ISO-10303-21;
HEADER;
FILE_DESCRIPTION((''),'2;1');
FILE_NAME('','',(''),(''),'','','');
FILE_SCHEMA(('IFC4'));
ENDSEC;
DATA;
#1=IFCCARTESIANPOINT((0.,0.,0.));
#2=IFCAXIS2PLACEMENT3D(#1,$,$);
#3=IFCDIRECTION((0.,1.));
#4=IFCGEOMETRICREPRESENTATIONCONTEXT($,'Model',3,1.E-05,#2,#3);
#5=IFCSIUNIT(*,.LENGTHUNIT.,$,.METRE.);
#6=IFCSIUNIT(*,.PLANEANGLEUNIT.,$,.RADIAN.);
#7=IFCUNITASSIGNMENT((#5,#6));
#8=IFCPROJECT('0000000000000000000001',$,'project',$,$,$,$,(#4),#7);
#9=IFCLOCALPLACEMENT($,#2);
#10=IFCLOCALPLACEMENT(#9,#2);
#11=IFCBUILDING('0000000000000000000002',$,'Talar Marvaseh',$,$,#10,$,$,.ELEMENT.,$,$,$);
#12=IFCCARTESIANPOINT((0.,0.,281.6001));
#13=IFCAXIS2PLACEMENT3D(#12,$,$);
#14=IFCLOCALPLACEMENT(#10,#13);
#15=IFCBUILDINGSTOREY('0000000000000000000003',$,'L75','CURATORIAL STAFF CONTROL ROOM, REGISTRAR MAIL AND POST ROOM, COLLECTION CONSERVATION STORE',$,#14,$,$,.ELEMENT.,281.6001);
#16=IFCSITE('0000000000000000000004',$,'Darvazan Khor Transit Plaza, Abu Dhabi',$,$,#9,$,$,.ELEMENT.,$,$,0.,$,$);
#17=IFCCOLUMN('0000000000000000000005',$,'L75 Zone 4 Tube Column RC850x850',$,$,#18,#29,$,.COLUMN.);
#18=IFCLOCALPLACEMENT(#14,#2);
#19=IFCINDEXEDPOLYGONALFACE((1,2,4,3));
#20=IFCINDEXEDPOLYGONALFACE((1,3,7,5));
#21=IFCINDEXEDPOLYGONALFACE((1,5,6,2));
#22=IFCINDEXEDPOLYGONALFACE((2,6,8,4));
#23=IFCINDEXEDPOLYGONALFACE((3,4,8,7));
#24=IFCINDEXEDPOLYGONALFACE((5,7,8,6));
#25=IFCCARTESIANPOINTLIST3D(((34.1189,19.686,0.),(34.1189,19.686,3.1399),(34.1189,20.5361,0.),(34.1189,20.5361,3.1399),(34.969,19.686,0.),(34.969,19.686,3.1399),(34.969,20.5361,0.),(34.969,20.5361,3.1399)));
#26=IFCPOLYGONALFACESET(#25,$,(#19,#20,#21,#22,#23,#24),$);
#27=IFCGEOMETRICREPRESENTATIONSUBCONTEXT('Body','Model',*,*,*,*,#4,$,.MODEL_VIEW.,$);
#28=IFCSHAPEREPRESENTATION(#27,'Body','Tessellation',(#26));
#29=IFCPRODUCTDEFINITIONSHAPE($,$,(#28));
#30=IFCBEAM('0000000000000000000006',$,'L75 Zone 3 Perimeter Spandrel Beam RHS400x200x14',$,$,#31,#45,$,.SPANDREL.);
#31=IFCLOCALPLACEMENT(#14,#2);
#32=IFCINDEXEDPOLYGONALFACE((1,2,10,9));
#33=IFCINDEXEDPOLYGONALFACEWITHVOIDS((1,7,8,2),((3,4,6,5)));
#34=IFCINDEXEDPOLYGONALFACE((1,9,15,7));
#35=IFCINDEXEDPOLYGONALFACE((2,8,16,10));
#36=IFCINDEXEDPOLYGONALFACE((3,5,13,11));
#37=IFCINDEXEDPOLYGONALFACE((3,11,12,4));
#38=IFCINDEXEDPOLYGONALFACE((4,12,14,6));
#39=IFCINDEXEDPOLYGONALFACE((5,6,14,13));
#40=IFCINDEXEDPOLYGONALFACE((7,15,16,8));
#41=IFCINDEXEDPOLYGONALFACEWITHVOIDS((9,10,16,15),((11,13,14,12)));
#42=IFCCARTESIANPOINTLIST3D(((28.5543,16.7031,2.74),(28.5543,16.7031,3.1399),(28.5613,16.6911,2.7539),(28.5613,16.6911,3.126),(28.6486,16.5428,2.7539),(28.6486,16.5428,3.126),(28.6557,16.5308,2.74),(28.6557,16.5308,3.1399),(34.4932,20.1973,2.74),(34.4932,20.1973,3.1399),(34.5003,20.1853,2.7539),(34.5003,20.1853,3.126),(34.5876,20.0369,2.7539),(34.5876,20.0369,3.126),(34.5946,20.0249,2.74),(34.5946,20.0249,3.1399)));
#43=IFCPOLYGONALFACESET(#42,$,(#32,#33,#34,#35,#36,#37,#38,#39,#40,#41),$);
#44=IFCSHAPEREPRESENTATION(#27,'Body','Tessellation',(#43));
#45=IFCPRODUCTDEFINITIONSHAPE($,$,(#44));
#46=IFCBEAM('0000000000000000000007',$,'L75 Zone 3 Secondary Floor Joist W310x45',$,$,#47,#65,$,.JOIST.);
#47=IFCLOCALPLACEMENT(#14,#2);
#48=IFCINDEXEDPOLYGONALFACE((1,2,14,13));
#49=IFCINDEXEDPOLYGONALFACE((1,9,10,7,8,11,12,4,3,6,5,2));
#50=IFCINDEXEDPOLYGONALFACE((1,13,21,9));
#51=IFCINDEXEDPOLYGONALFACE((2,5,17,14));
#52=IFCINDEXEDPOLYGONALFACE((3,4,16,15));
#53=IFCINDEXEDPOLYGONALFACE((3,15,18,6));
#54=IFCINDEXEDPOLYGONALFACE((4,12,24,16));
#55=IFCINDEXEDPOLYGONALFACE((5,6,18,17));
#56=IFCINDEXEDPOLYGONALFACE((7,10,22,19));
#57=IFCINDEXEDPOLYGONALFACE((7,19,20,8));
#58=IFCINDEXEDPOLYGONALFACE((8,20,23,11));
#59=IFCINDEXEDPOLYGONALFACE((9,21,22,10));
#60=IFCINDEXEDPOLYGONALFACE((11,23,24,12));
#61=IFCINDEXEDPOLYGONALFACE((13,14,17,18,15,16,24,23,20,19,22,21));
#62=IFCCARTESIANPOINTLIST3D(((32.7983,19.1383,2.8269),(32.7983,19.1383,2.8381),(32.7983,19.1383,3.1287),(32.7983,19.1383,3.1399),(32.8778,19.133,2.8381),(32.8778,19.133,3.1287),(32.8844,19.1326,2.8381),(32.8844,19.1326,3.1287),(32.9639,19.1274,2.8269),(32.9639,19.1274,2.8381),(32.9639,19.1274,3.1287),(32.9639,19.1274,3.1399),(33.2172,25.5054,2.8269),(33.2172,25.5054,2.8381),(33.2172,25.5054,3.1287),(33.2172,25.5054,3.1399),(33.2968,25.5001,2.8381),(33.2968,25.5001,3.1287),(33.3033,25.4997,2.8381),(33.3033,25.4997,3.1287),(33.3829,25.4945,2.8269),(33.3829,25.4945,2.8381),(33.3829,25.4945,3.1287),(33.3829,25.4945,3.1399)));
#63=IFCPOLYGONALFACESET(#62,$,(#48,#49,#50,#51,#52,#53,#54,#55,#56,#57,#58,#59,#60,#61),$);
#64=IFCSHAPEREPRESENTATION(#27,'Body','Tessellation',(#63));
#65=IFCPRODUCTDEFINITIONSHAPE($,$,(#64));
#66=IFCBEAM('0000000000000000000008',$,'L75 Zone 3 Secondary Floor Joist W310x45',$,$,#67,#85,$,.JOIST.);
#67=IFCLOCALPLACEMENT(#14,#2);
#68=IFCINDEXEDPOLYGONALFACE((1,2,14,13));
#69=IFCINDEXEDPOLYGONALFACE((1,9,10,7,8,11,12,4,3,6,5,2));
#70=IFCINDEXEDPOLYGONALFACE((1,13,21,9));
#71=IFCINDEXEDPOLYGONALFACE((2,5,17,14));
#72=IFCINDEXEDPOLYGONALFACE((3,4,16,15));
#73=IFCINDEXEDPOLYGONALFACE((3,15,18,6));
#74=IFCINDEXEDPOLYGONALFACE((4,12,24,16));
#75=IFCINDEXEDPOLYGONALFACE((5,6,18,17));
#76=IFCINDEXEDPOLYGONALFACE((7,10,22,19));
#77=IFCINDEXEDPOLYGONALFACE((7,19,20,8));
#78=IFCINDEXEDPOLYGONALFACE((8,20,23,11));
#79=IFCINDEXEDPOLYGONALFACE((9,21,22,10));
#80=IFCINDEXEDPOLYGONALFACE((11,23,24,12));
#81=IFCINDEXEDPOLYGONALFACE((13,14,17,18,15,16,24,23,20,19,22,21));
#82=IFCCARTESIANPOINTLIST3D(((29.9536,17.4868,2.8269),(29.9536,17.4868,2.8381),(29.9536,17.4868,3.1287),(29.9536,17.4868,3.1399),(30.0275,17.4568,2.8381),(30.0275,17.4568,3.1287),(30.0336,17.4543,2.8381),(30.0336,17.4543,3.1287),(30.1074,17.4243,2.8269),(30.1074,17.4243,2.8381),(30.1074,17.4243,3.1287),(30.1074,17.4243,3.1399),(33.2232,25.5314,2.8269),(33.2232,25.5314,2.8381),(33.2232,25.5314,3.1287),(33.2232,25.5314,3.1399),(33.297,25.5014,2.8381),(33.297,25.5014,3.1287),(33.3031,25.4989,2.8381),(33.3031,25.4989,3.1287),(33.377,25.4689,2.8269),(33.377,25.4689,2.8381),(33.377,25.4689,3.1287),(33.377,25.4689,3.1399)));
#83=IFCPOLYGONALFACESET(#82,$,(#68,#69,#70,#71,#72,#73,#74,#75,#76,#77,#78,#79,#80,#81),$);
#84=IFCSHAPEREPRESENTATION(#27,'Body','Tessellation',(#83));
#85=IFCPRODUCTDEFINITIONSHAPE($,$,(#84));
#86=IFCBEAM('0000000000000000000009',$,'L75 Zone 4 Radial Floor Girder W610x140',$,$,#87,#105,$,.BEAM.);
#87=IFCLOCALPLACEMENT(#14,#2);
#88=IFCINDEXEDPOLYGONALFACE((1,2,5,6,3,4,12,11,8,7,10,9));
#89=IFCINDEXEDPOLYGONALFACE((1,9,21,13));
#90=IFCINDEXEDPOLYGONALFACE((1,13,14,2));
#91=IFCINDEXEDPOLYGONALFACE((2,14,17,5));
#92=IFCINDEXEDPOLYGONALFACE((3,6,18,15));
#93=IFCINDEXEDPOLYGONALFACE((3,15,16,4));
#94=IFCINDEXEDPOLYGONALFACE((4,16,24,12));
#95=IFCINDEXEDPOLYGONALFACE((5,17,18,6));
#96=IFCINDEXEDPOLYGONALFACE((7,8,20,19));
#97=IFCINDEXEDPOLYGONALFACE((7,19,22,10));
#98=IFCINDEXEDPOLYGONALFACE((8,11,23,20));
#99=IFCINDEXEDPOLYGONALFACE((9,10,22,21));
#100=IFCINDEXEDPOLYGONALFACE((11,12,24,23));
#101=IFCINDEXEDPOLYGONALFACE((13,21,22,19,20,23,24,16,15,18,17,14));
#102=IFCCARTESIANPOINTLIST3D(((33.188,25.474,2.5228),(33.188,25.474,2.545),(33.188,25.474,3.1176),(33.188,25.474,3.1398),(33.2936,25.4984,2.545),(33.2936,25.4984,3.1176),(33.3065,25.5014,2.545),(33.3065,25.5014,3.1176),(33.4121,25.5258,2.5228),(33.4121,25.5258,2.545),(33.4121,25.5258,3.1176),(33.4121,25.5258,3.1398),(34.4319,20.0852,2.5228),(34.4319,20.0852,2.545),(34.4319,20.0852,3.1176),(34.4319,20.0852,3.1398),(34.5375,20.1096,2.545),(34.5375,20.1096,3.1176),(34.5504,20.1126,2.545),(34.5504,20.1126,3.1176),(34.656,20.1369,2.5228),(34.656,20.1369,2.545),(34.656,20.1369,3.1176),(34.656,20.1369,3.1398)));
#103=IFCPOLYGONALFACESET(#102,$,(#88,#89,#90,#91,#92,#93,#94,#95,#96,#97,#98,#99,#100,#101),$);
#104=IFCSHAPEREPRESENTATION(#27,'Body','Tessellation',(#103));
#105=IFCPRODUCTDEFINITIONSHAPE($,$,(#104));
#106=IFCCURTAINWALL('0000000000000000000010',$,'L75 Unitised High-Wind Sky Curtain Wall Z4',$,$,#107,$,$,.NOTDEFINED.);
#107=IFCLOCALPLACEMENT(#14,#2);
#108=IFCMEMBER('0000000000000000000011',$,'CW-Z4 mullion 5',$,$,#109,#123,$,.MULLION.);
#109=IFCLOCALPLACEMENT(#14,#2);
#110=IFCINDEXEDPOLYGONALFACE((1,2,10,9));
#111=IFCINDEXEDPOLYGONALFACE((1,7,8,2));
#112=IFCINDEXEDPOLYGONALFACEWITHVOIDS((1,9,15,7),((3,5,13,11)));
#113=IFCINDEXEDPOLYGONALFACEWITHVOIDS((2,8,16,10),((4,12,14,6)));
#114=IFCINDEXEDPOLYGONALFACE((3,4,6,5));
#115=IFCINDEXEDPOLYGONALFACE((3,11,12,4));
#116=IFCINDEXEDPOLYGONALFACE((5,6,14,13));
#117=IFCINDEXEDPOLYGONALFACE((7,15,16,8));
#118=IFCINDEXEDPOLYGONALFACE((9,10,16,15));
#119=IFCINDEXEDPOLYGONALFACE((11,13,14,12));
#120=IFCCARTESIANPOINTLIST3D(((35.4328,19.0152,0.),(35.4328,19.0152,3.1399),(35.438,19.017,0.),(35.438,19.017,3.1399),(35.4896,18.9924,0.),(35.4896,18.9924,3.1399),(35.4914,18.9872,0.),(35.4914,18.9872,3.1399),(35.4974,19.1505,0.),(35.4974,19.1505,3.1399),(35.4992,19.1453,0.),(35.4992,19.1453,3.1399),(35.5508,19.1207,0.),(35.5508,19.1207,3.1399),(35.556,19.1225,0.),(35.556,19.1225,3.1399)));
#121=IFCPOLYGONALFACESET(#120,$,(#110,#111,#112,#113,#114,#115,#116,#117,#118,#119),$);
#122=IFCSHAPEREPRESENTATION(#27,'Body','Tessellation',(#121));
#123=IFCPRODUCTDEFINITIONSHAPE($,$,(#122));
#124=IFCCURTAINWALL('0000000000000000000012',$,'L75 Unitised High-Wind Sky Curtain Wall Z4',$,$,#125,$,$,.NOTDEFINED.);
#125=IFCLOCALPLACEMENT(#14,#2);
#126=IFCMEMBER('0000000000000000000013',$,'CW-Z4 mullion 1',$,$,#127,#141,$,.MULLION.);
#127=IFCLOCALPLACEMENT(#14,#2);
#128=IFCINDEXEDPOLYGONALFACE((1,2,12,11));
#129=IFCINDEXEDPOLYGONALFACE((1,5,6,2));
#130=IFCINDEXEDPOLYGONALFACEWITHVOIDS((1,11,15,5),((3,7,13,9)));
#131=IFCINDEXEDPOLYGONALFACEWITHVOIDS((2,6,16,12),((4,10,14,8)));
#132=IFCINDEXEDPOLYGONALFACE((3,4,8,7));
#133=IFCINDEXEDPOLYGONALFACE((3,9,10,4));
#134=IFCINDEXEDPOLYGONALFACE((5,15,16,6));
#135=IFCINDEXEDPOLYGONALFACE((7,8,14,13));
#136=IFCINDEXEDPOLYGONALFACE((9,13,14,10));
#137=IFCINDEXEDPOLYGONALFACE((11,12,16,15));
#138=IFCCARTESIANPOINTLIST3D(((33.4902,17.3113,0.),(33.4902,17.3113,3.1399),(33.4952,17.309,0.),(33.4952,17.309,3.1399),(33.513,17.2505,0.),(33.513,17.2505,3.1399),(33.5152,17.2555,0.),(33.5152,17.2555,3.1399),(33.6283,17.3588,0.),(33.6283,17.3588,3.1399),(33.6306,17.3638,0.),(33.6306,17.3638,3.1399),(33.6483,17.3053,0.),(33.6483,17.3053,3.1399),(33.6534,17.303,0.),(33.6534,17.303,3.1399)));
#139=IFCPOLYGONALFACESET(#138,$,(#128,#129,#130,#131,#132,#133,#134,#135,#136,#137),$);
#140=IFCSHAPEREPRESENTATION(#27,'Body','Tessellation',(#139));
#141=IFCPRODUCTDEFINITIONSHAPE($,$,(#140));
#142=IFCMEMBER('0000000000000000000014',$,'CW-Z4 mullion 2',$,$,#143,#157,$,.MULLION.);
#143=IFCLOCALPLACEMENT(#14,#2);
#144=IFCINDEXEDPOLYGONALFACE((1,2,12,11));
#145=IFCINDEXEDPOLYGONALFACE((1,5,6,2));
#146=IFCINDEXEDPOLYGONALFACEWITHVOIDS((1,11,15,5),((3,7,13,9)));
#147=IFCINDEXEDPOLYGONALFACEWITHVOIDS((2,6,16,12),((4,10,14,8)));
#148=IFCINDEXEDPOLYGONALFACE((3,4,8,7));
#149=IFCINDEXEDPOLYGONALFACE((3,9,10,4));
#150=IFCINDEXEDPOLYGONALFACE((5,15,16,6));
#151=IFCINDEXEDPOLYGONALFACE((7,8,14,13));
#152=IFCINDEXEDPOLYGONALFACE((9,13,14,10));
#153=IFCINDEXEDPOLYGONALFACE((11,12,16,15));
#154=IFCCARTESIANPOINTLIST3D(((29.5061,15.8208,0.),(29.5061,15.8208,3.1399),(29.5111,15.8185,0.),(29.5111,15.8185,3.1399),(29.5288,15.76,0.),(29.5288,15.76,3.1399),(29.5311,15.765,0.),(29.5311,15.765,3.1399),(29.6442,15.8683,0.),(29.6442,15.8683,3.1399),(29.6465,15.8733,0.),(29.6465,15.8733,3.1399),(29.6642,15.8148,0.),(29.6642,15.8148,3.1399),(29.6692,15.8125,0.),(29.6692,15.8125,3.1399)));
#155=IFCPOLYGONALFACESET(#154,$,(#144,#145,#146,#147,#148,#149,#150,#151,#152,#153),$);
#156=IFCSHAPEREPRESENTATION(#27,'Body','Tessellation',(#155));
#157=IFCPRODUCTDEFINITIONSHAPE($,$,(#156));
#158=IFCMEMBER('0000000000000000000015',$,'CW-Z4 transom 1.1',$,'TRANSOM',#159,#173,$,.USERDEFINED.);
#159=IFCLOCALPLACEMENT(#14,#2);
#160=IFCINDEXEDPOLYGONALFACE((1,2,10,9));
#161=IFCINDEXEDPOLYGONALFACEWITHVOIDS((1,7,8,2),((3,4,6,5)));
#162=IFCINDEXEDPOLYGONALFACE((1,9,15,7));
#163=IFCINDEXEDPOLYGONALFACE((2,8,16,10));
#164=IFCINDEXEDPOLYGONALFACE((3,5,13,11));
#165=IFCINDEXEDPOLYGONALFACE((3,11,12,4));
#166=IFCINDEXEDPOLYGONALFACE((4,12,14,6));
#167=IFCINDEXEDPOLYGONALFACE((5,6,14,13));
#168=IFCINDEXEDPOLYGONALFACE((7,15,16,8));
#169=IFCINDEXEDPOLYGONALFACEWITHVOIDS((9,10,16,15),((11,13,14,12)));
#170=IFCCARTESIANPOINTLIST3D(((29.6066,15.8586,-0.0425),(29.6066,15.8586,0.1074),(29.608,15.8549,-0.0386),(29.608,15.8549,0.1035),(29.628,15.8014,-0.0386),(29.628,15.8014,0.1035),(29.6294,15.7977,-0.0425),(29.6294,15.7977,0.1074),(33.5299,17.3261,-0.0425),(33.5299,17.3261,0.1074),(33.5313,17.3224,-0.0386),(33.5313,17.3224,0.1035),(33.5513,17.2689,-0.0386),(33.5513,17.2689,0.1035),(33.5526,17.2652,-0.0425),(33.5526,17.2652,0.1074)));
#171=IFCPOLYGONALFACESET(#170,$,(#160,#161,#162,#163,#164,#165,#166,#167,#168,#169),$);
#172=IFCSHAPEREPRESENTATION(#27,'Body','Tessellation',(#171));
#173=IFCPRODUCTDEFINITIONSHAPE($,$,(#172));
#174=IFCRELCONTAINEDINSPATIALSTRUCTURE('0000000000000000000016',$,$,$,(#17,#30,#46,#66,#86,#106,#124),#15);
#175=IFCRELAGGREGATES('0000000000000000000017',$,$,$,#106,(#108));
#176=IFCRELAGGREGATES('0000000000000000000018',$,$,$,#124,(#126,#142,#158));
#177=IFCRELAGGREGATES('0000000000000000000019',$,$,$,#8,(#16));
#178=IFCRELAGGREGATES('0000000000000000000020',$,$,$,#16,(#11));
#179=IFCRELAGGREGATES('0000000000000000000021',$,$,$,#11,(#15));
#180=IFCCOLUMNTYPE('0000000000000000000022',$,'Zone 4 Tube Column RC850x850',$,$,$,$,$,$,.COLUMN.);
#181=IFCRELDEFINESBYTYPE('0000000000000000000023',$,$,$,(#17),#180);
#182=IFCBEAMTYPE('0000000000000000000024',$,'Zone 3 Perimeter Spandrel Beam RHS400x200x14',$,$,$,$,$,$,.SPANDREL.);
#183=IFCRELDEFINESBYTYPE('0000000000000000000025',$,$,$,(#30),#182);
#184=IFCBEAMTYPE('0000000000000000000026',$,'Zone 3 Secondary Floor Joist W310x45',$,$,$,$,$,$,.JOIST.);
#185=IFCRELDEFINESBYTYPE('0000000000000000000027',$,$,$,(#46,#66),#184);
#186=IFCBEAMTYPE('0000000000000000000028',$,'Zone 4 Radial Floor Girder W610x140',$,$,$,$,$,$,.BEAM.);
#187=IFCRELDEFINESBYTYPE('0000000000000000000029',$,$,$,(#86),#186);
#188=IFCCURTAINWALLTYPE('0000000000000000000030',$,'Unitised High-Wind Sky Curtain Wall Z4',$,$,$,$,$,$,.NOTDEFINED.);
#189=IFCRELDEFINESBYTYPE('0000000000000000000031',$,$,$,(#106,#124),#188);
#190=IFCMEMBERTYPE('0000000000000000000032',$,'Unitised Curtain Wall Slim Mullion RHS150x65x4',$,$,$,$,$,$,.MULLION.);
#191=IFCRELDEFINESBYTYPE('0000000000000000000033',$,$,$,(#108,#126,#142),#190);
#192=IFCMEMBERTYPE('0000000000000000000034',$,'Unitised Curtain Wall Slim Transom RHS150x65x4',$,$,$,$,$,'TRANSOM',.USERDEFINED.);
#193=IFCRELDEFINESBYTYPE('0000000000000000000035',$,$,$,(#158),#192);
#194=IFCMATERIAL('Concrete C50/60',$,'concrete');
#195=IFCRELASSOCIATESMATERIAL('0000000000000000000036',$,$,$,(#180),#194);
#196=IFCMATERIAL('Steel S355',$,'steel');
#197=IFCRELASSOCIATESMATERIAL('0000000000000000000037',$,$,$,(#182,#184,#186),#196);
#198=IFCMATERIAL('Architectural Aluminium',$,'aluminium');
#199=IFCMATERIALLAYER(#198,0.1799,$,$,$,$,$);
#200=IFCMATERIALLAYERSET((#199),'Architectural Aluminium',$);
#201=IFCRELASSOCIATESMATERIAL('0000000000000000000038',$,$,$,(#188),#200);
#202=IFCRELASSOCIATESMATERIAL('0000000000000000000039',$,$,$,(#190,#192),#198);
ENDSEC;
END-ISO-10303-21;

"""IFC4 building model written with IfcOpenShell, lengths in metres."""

from ifc_helpers import new_model, si_unit, direction, frame, origin, origin_2d, place, context, subcontext, project, spatial, rectangle, hollow_rectangle, i_section, extrude, source, transform, mapped, material, layer, layer_set, material_profile, profile_set, type_object, type_shapes, element, aggregate, save


model = new_model("IFC4")

# Units and contexts
model_context = context("Model", 3, precision=1e-05, world=origin(), true_north=direction((0.0, 1.0)))
body_context = subcontext(model_context, "Body", "Model", "MODEL_VIEW")
ifc_project = project(units=[si_unit("LENGTHUNIT", "METRE"), si_unit("PLANEANGLEUNIT", "RADIAN")], contexts=[model_context])

# Site, building, storey
site_placement = place(None, origin())
site = spatial("IfcSite", under=ifc_project, at=site_placement, Name="Darvazan Khor Transit Plaza, Abu Dhabi", CompositionType="ELEMENT", RefElevation=0.0)
building_placement = place(site_placement, origin())
building = spatial("IfcBuilding", under=site, at=building_placement, Name="Talar Marvaseh", CompositionType="ELEMENT")
storey_placement = place(building_placement, frame((0.0, 0.0, 281.6001)))
storey = spatial("IfcBuildingStorey", under=building, at=storey_placement, Name="L75", Description="CURATORIAL STAFF CONTROL ROOM, REGISTRAR MAIL AND POST ROOM, COLLECTION CONSERVATION STORE", CompositionType="ELEMENT", Elevation=281.6001)

# Column
ifc_material_1 = material(Name="Concrete C50/60", Category="concrete")
ifc_material_profile_1 = material_profile(ifc_material_1, rectangle(XDim=0.8501, YDim=0.8501, at=origin_2d()), Name="RC850x850")
ifc_profile_set_1 = profile_set([ifc_material_profile_1], Name="Concrete C50/60")
column_type = type_object("IfcColumnType", Name="Zone 4 Tube Column RC850x850", PredefinedType="COLUMN", material=ifc_profile_set_1)
column_placement = place(storey_placement, frame((34.5439, 20.1111, 0.0), z_axis=(0.0, 0.0, 1.0), x_axis=(1.0, 0.0, 0.0)))
element("IfcColumn", 1, at=column_placement, inside=storey, type_object=column_type, Name="L75 Zone 4 Tube Column RC850x850", PredefinedType="COLUMN", context=body_context, shape_type="SweptSolid", body=[
    extrude(rectangle(XDim=0.8501, YDim=0.8501, at=origin_2d()), origin(), (0.0, 0.0, 1.0), 3.1399),
])

# Beams
ifc_material_2 = material(Name="Steel S355", Category="steel")
ifc_material_profile_2 = material_profile(ifc_material_2, hollow_rectangle(XDim=0.2, YDim=0.3999, WallThickness=0.0139, at=origin_2d()), Name="RHS400x200x14")
ifc_profile_set_2 = profile_set([ifc_material_profile_2], Name="Steel S355")
beam_type_1 = type_object("IfcBeamType", Name="Zone 3 Perimeter Spandrel Beam RHS400x200x14", PredefinedType="SPANDREL", material=ifc_profile_set_2)
beam_1_placement = place(storey_placement, frame((34.5439, 20.1111, 2.9399), z_axis=(-0.861894, -0.507088, 0.0), x_axis=(0.507088, -0.861894, 0.0)))
element("IfcBeam", 2, at=beam_1_placement, inside=storey, type_object=beam_type_1, Name="L75 Zone 3 Perimeter Spandrel Beam RHS400x200x14", PredefinedType="SPANDREL", context=body_context, shape_type="SweptSolid", body=[
    extrude(hollow_rectangle(XDim=0.2, YDim=0.3999, WallThickness=0.0139, at=origin_2d()), origin(), (0.0, 0.0, 1.0), 6.8906),
])
ifc_material_profile_3 = material_profile(ifc_material_2, i_section(OverallWidth=0.166, OverallDepth=0.313, WebThickness=0.0066, FlangeThickness=0.0112, at=origin_2d()), Name="W310x45")
ifc_profile_set_3 = profile_set([ifc_material_profile_3], Name="Steel S355")
beam_type_2 = type_object("IfcBeamType", Name="Zone 3 Secondary Floor Joist W310x45", PredefinedType="JOIST", material=ifc_profile_set_3)
beam_2_placement = place(storey_placement, frame((32.8811, 19.1328, 2.9834), z_axis=(0.065656, 0.997842, 0.0), x_axis=(-0.997842, 0.065656, 0.0)))
element("IfcBeam", 3, at=beam_2_placement, inside=storey, type_object=beam_type_2, Name="L75 Zone 3 Secondary Floor Joist W310x45", PredefinedType="JOIST", context=body_context, shape_type="SweptSolid", body=[
    extrude(i_section(OverallWidth=0.166, OverallDepth=0.313, WebThickness=0.0066, FlangeThickness=0.0112, at=origin_2d()), origin(), (0.0, 0.0, 1.0), 6.3809),
])
beam_3_placement = place(storey_placement, frame((30.0305, 17.4556, 2.9834), z_axis=(0.376523, 0.926407, 0.0), x_axis=(-0.926407, 0.376523, 0.0)))
element("IfcBeam", 4, at=beam_3_placement, inside=storey, type_object=beam_type_2, Name="L75 Zone 3 Secondary Floor Joist W310x45", PredefinedType="JOIST", context=body_context, shape_type="SweptSolid", body=[
    extrude(i_section(OverallWidth=0.166, OverallDepth=0.313, WebThickness=0.0066, FlangeThickness=0.0112, at=origin_2d()), origin(), (0.0, 0.0, 1.0), 8.6836),
])
ifc_material_profile_4 = material_profile(ifc_material_2, i_section(OverallWidth=0.23, OverallDepth=0.6169, WebThickness=0.0132, FlangeThickness=0.0222, at=origin_2d()), Name="W610x140")
ifc_profile_set_4 = profile_set([ifc_material_profile_4], Name="Steel S355")
beam_type_3 = type_object("IfcBeamType", Name="Zone 4 Radial Floor Girder W610x140", PredefinedType="BEAM", material=ifc_profile_set_4)
beam_4_placement = place(storey_placement, frame((34.5439, 20.1111, 2.8313), z_axis=(-0.224911, 0.974379, 0.0), x_axis=(-0.974379, -0.224911, 0.0)))
element("IfcBeam", 5, at=beam_4_placement, inside=storey, type_object=beam_type_3, Name="L75 Zone 4 Radial Floor Girder W610x140", PredefinedType="BEAM", context=body_context, shape_type="SweptSolid", body=[
    extrude(i_section(OverallWidth=0.23, OverallDepth=0.6169, WebThickness=0.0132, FlangeThickness=0.0222, at=origin_2d()), origin(), (0.0, 0.0, 1.0), 5.5305),
])

# Curtain wall, member
ifc_material_3 = material(Name="Architectural Aluminium", Category="aluminium")
ifc_layer_1 = layer(ifc_material_3, 0.1799)
ifc_layer_set_1 = layer_set([ifc_layer_1], Name="Architectural Aluminium")
curtain_wall_type = type_object("IfcCurtainWallType", Name="Unitised High-Wind Sky Curtain Wall Z4", PredefinedType="NOTDEFINED", material=ifc_layer_set_1)
curtain_wall_1_placement = place(storey_placement, origin())
curtain_wall_1 = element("IfcCurtainWall", 6, at=curtain_wall_1_placement, inside=storey, type_object=curtain_wall_type, Name="L75 Unitised High-Wind Sky Curtain Wall Z4", PredefinedType="NOTDEFINED")
ifc_material_profile_5 = material_profile(ifc_material_3, hollow_rectangle(XDim=0.0649, YDim=0.1499, WallThickness=0.0039, at=origin_2d()), Name="RHS150x65x4")
ifc_profile_set_5 = profile_set([ifc_material_profile_5], Name="Architectural Aluminium")
member_type_1 = type_object("IfcMemberType", Name="Unitised Curtain Wall Slim Mullion RHS150x65x4", PredefinedType="MULLION", material=ifc_profile_set_5)
shared_shape_1 = source(origin(), body_context, "Body", "SweptSolid", [
    extrude(hollow_rectangle(XDim=0.0649, YDim=0.1499, WallThickness=0.0039, at=origin_2d()), origin(), (0.0, 0.0, 1.0), 3.1399),
])
type_shapes(member_type_1, [shared_shape_1])
member_1_placement = place(storey_placement, frame((35.4944, 19.0688, 0.0), z_axis=(0.0, 0.0, 1.0), x_axis=(0.902517, -0.430655, 0.0)))
member_1 = element("IfcMember", 7, at=member_1_placement, type_object=member_type_1, Name="CW-Z4 mullion 5", PredefinedType="MULLION", context=body_context, shape_type="MappedRepresentation", body=[
    mapped(shared_shape_1, transform((0.0, 0.0, 0.0), x_axis=(1.0, 0.0, 0.0), y_axis=(0.0, 1.0, 0.0), z_axis=(0.0, 0.0, 1.0), scale=1.0)),
])

# Curtain wall, members
curtain_wall_2_placement = place(storey_placement, origin())
curtain_wall_2 = element("IfcCurtainWall", 8, at=curtain_wall_2_placement, inside=storey, type_object=curtain_wall_type, Name="L75 Unitised High-Wind Sky Curtain Wall Z4", PredefinedType="NOTDEFINED")
member_2_placement = place(storey_placement, frame((33.5718, 17.3071, 0.0), z_axis=(0.0, 0.0, 1.0), x_axis=(0.350351, -0.936618, 0.0)))
member_2 = element("IfcMember", 9, at=member_2_placement, type_object=member_type_1, Name="CW-Z4 mullion 1", PredefinedType="MULLION", context=body_context, shape_type="MappedRepresentation", body=[
    mapped(shared_shape_1, transform((0.0, 0.0, 0.0), x_axis=(1.0, 0.0, 0.0), y_axis=(0.0, 1.0, 0.0), z_axis=(0.0, 0.0, 1.0), scale=1.0)),
])
member_3_placement = place(storey_placement, frame((29.5876, 15.8167, 0.0), z_axis=(0.0, 0.0, 1.0), x_axis=(0.350351, -0.936618, 0.0)))
member_3 = element("IfcMember", 10, at=member_3_placement, type_object=member_type_1, Name="CW-Z4 mullion 2", PredefinedType="MULLION", context=body_context, shape_type="MappedRepresentation", body=[
    mapped(shared_shape_1, transform((0.0, 0.0, 0.0), x_axis=(1.0, 0.0, 0.0), y_axis=(0.0, 1.0, 0.0), z_axis=(0.0, 0.0, 1.0), scale=1.0)),
])
ifc_material_profile_6 = material_profile(ifc_material_3, hollow_rectangle(XDim=0.0649, YDim=0.1499, WallThickness=0.0039, at=origin_2d()), Name="RHS150x65x4")
ifc_profile_set_6 = profile_set([ifc_material_profile_6], Name="Architectural Aluminium")
member_type_2 = type_object("IfcMemberType", Name="Unitised Curtain Wall Slim Transom RHS150x65x4", ElementType="TRANSOM", PredefinedType="USERDEFINED", material=ifc_profile_set_6)
shared_shape_2 = source(origin(), body_context, "Body", "SweptSolid", [
    extrude(hollow_rectangle(XDim=0.0649, YDim=0.1499, WallThickness=0.0039, at=origin_2d()), origin(), (0.0, 0.0, 1.0), 4.1887),
])
member_4_placement = place(storey_placement, frame((33.5413, 17.2957, 0.0325), z_axis=(-0.936621, -0.350344, 0.0), x_axis=(0.350344, -0.936621, 0.0)))
member_4 = element("IfcMember", 11, at=member_4_placement, type_object=member_type_2, Name="CW-Z4 transom 1.1", ObjectType="TRANSOM", PredefinedType="USERDEFINED", context=body_context, shape_type="MappedRepresentation", body=[
    mapped(shared_shape_2, transform((0.0, 0.0, 0.0), x_axis=(1.0, 0.0, 0.0), y_axis=(0.0, 1.0, 0.0), z_axis=(0.0, 0.0, 1.0), scale=1.0)),
])

aggregate(curtain_wall_1, [member_1])
aggregate(curtain_wall_2, [member_2, member_3, member_4])

save(model, "model.ifc")
